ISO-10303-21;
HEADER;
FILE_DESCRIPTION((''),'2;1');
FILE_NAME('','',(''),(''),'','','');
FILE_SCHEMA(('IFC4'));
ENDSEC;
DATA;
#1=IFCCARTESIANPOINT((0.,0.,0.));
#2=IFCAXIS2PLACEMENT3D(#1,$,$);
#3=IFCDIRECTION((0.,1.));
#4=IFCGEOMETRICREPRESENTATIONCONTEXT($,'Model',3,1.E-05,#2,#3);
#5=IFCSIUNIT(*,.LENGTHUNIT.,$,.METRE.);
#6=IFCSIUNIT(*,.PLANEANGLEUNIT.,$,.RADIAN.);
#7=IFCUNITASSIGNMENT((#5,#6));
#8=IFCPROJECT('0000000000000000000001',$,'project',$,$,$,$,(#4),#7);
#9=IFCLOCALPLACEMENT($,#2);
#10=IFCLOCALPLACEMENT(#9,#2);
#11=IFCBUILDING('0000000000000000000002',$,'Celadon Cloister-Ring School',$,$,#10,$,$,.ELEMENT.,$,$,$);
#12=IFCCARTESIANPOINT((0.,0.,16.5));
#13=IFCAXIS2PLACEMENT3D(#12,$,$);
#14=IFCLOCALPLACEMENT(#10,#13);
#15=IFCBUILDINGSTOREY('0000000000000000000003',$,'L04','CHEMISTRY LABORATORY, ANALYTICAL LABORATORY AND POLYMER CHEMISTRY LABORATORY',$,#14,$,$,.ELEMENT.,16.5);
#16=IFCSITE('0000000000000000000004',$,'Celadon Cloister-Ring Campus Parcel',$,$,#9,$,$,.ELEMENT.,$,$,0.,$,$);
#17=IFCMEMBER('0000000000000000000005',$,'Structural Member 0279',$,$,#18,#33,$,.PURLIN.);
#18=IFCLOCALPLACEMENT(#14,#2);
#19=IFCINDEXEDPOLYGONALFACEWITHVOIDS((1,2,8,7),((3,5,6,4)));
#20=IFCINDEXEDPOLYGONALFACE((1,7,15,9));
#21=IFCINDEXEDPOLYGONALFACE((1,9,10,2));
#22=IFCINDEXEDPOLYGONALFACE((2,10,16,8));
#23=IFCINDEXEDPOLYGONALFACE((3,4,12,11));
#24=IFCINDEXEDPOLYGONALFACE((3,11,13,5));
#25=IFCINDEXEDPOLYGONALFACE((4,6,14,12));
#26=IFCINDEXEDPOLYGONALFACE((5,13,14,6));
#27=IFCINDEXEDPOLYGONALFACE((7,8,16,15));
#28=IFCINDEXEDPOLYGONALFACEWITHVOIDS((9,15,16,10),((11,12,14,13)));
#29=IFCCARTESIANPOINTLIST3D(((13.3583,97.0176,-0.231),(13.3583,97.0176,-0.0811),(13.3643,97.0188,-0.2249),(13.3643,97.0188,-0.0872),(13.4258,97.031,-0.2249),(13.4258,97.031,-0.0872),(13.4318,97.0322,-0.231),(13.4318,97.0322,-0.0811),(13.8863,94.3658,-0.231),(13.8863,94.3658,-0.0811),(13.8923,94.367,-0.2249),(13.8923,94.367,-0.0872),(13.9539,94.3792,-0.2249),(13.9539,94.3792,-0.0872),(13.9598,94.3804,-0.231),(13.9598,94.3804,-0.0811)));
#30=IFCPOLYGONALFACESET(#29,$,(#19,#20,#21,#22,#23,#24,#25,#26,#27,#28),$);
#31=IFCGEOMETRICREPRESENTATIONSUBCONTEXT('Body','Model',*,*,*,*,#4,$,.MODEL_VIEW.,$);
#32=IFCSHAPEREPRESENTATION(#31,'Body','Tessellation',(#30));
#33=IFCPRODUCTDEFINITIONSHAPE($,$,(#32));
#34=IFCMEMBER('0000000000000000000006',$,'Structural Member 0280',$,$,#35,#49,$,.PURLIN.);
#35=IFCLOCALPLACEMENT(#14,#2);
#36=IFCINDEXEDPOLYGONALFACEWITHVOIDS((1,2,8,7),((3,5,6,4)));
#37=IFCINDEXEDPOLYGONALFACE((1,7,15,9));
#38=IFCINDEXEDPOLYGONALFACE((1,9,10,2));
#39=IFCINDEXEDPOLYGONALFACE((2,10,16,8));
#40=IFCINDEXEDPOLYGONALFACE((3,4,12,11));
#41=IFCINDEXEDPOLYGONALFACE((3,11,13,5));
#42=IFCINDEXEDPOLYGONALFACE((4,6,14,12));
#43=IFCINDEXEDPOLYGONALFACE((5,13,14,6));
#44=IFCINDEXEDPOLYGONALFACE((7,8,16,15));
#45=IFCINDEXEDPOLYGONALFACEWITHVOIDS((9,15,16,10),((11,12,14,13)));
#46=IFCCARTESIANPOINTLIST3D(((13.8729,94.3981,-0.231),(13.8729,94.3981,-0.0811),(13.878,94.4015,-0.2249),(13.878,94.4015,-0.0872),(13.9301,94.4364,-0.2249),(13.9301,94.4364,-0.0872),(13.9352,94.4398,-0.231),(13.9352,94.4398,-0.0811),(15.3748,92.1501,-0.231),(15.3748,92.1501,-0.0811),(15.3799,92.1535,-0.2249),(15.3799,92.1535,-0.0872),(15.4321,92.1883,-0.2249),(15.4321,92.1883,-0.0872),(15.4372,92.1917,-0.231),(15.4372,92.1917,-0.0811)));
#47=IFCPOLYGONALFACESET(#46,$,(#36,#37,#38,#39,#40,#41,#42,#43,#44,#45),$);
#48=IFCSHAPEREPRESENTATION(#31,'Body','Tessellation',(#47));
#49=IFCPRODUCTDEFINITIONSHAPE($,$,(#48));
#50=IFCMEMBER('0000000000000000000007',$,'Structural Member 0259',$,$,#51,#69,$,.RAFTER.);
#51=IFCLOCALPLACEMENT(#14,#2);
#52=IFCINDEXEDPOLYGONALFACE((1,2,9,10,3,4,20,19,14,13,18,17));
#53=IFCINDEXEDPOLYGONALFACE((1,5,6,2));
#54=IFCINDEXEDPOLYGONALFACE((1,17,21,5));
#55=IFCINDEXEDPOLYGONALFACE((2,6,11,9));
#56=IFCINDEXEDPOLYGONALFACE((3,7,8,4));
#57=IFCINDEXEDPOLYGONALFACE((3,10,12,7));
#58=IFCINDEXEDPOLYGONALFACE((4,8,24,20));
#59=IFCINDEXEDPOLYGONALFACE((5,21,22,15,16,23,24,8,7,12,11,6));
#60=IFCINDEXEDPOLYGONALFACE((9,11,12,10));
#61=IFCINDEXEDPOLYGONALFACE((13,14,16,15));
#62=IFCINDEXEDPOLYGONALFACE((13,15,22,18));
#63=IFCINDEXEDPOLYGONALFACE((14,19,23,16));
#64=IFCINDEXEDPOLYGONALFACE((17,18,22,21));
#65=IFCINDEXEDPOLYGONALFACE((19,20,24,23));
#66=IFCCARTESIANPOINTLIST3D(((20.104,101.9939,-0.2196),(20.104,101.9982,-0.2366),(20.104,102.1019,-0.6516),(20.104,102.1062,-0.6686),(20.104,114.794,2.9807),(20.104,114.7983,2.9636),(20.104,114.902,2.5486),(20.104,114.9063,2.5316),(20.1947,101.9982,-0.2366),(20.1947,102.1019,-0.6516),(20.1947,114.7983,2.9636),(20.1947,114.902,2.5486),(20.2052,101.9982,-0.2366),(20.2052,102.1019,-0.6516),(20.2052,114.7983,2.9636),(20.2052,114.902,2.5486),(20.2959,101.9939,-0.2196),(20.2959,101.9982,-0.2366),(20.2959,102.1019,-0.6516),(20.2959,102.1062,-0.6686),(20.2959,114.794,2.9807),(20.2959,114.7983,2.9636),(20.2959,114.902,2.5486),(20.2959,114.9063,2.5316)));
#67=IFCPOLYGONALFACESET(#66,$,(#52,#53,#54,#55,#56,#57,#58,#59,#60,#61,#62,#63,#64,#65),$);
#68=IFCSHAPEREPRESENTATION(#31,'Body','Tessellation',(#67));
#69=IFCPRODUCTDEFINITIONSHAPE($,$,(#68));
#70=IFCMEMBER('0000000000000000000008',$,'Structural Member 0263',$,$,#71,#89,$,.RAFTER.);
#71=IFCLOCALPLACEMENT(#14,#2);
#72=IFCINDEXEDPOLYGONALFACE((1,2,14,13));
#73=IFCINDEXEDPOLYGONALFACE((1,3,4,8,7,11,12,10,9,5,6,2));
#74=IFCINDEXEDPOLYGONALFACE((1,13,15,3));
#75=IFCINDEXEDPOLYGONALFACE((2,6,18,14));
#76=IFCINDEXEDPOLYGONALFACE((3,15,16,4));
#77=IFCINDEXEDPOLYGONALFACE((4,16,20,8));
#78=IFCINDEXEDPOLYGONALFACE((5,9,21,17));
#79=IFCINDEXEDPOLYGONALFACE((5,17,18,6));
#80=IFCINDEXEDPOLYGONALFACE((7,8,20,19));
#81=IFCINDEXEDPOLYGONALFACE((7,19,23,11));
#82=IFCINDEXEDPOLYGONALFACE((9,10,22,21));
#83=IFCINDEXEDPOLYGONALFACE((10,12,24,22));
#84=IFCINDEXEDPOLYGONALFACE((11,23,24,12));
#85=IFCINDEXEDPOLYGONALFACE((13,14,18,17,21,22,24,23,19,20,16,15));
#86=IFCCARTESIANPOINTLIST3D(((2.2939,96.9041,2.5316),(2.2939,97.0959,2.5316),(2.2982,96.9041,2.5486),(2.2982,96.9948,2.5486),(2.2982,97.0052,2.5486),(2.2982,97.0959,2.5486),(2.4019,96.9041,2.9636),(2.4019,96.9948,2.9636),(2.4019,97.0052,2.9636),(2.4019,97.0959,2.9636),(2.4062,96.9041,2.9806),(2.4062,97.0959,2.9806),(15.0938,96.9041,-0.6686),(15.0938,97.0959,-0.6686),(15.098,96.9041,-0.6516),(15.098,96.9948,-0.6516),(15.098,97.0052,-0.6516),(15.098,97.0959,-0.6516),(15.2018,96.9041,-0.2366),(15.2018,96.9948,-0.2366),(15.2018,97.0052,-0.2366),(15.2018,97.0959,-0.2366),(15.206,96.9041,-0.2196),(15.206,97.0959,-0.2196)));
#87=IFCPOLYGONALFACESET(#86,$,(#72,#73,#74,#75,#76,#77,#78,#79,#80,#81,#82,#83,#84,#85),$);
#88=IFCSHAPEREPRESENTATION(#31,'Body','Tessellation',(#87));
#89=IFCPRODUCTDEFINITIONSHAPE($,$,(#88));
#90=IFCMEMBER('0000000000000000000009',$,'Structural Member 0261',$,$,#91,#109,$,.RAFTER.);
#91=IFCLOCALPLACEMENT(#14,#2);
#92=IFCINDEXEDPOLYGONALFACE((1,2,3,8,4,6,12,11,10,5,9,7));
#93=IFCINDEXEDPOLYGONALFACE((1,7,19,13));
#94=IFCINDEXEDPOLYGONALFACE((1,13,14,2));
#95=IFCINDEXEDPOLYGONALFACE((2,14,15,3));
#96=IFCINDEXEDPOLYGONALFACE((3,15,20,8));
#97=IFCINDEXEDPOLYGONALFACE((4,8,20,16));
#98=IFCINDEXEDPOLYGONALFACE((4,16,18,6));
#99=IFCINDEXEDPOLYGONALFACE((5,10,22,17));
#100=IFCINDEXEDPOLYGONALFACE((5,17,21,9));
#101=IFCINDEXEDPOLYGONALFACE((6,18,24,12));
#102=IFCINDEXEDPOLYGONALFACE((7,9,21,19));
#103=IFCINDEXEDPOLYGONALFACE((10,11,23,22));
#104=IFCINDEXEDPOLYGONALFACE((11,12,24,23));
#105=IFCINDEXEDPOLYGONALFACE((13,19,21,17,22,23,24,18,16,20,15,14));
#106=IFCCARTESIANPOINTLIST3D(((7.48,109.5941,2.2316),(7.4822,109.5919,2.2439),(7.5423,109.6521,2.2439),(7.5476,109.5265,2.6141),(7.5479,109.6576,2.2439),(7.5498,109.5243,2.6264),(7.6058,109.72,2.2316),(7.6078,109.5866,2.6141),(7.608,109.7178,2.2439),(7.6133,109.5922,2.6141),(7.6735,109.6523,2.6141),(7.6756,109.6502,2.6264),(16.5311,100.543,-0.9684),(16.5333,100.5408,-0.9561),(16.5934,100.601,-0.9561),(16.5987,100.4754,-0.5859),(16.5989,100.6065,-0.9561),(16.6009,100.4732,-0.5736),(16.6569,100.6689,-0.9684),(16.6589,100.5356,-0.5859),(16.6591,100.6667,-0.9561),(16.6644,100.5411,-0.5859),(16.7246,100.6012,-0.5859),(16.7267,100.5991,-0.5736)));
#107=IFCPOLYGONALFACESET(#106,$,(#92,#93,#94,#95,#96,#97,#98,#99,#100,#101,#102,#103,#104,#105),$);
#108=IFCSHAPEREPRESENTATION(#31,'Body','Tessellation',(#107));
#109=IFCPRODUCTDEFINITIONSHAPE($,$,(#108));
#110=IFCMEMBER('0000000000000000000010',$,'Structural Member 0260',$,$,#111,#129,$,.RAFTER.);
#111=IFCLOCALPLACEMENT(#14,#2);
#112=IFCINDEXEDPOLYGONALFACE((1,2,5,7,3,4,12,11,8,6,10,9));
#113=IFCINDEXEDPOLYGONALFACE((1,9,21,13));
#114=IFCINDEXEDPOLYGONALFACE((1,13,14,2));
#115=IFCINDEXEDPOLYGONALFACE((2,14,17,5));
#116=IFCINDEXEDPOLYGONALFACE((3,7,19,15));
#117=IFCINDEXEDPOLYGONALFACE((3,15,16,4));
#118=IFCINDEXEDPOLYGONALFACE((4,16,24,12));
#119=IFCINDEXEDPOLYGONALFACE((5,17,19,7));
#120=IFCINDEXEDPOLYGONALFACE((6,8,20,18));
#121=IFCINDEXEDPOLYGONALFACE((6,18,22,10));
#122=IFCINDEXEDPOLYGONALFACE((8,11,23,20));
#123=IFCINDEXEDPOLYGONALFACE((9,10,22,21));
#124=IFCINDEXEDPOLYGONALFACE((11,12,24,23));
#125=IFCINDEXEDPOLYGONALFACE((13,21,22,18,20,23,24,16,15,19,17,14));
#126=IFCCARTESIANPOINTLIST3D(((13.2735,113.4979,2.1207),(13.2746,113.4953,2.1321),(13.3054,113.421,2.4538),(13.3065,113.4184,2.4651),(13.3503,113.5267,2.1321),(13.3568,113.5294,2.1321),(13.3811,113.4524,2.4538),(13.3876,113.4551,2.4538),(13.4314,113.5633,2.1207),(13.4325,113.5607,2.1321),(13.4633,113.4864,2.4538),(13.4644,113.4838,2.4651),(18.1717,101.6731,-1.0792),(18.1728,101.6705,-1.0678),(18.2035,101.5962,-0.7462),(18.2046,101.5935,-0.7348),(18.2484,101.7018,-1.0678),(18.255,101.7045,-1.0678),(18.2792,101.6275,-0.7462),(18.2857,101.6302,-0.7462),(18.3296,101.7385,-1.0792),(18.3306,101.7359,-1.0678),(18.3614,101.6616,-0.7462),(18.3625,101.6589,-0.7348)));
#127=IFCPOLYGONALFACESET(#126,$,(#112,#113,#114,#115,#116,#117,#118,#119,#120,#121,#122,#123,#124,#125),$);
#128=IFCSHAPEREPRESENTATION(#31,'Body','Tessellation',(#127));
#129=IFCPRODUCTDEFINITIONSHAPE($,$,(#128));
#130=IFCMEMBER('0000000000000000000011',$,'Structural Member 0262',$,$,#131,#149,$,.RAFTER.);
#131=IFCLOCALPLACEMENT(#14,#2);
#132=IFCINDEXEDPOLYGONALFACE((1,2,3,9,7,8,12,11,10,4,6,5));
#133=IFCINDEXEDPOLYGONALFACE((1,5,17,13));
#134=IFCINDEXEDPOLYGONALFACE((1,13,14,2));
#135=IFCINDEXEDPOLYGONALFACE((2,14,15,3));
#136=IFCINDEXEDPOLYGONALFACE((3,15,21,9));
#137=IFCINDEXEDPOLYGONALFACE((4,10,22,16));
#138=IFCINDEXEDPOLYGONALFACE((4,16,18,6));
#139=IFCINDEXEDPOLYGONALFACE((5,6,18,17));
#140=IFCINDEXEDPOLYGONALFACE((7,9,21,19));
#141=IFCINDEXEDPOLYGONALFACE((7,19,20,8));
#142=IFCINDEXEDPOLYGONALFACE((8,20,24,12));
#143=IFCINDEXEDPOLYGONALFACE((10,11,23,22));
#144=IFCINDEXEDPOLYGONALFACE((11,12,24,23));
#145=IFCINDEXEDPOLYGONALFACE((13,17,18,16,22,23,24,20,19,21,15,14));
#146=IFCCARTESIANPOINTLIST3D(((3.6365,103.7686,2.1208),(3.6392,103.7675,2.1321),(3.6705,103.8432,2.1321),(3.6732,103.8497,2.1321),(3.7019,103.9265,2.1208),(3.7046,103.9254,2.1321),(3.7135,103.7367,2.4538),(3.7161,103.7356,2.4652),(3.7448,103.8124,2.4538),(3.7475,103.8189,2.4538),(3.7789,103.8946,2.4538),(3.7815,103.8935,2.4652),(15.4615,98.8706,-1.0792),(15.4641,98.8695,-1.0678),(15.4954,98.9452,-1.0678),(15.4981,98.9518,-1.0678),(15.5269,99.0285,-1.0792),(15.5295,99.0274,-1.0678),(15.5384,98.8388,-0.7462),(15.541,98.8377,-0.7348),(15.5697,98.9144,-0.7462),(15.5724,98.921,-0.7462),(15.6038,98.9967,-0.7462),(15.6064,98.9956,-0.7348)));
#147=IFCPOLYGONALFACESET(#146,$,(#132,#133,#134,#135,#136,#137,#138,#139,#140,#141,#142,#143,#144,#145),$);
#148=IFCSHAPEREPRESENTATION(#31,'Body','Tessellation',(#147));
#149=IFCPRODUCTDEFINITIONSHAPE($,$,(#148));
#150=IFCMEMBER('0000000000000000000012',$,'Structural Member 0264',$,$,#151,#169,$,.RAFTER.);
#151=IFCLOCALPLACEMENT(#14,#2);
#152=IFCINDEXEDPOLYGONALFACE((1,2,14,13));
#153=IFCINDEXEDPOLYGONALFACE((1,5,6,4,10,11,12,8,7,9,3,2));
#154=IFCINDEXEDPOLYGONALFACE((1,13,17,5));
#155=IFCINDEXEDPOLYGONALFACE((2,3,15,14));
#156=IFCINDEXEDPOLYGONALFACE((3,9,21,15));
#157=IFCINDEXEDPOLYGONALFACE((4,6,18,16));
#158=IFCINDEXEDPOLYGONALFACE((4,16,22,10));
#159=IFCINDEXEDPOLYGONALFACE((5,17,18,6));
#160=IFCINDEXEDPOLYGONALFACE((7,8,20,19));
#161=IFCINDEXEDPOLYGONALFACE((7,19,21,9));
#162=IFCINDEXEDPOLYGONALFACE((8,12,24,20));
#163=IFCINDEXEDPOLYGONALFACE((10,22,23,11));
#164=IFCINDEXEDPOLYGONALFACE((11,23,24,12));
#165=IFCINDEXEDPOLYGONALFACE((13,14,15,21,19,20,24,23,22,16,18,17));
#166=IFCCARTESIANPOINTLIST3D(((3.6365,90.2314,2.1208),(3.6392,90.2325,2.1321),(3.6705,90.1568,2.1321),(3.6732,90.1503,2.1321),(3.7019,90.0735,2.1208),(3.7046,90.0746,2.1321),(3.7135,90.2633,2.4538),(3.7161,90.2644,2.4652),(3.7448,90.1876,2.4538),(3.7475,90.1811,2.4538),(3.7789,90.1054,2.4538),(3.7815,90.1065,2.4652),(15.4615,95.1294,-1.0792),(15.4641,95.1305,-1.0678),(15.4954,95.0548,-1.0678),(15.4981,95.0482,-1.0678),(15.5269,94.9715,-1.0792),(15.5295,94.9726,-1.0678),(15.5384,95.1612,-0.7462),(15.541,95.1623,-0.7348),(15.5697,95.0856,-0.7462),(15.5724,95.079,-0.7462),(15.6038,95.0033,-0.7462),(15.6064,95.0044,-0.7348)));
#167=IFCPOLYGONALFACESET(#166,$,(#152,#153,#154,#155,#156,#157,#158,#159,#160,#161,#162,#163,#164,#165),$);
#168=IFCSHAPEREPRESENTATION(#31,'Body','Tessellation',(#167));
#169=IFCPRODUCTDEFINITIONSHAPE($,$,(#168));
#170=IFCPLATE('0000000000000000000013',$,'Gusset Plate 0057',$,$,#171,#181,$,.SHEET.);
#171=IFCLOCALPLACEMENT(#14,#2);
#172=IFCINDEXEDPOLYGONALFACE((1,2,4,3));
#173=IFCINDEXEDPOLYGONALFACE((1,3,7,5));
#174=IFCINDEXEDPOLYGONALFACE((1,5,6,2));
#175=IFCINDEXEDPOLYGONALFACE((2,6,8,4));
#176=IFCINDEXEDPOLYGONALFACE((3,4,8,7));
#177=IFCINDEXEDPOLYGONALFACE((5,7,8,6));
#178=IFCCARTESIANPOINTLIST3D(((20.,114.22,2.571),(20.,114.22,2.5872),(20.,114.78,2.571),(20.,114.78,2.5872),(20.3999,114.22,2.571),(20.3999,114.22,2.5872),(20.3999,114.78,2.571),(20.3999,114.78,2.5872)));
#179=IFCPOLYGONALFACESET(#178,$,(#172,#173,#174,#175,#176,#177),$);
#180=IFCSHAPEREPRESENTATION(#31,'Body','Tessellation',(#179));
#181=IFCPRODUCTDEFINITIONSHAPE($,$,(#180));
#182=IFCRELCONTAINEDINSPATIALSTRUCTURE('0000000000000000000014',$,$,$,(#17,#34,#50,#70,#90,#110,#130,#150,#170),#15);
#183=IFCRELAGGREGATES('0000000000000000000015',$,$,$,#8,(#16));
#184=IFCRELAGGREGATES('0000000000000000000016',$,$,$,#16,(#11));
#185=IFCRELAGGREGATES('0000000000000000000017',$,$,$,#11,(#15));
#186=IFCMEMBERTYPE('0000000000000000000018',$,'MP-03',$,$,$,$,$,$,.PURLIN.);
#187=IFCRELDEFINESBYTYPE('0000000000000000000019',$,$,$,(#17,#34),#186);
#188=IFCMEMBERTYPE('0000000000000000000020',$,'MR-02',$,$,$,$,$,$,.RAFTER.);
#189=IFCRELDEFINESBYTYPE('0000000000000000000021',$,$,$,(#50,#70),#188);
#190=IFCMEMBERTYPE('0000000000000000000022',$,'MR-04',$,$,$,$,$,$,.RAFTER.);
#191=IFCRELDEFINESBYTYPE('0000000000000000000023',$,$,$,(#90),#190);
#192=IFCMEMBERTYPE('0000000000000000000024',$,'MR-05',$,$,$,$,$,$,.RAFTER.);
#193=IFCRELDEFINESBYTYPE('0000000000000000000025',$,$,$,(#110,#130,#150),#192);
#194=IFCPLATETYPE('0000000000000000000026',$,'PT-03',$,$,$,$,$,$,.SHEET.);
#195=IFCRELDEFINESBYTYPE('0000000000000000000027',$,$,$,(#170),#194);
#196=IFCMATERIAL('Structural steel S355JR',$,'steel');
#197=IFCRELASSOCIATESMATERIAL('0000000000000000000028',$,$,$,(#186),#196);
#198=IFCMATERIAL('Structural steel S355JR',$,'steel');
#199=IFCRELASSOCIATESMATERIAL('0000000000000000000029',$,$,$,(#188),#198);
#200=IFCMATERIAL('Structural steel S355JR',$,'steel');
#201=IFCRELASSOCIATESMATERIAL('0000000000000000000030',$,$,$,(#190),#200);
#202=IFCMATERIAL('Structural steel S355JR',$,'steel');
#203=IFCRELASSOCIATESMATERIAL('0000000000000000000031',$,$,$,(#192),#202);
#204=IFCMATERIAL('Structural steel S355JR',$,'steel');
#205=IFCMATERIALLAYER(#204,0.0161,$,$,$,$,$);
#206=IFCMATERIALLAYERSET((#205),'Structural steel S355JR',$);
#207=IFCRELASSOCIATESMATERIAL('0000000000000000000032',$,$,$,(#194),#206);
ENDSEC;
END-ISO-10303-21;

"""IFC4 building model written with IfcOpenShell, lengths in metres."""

from ifc_helpers import new_model, si_unit, direction, frame, origin, origin_2d, place, context, subcontext, project, spatial, rectangle, hollow_rectangle, i_section, extrude, material, layer, layer_set, material_profile, profile_set, type_object, element, save


model = new_model("IFC4")

# Units and contexts
model_context = context("Model", 3, precision=1e-05, world=origin(), true_north=direction((0.0, 1.0)))
body_context = subcontext(model_context, "Body", "Model", "MODEL_VIEW")
ifc_project = project(units=[si_unit("LENGTHUNIT", "METRE"), si_unit("PLANEANGLEUNIT", "RADIAN")], contexts=[model_context])

# Site, building, storey
site_placement = place(None, origin())
site = spatial("IfcSite", under=ifc_project, at=site_placement, Name="Celadon Cloister-Ring Campus Parcel", CompositionType="ELEMENT", RefElevation=0.0)
building_placement = place(site_placement, origin())
building = spatial("IfcBuilding", under=site, at=building_placement, Name="Celadon Cloister-Ring School", CompositionType="ELEMENT")
storey_placement = place(building_placement, frame((0.0, 0.0, 16.5)))
storey = spatial("IfcBuildingStorey", under=building, at=storey_placement, Name="L04", Description="CHEMISTRY LABORATORY, ANALYTICAL LABORATORY AND POLYMER CHEMISTRY LABORATORY", CompositionType="ELEMENT", Elevation=16.5)

# Members
ifc_material_1 = material(Name="Structural steel S355JR", Category="steel")
ifc_material_profile_1 = material_profile(ifc_material_1, hollow_rectangle(XDim=0.075, YDim=0.1499, WallThickness=0.0061, at=origin_2d()), Name="HSS150X75X6")
ifc_profile_set_1 = profile_set([ifc_material_profile_1], Name="Structural steel S355JR")
member_type_1 = type_object("IfcMemberType", Name="MP-03", PredefinedType="PURLIN", material=ifc_profile_set_1)
for number, where, z_axis, x_axis, name in (
    (1, (13.395, 97.0249, -0.156), (0.1953, -0.980744, 0.0), (0.980744, 0.1953, 0.0), "Structural Member 0279"),
):
    element("IfcMember", number, at=place(storey_placement, frame(where, z_axis=z_axis, x_axis=x_axis)), inside=storey, type_object=member_type_1, Name=name, PredefinedType="PURLIN", context=body_context, shape_type="SweptSolid", body=[
        extrude(hollow_rectangle(XDim=0.075, YDim=0.1499, WallThickness=0.0061, at=origin_2d()), origin(), (0.0, 0.0, 1.0), 2.7039),
    ])
member_1_placement = place(storey_placement, frame((13.9041, 94.4189, -0.156), z_axis=(0.555533, -0.831494, 0.0), x_axis=(0.831494, 0.555533, 0.0)))
element("IfcMember", 2, at=member_1_placement, inside=storey, type_object=member_type_1, Name="Structural Member 0280", PredefinedType="PURLIN", context=body_context, shape_type="SweptSolid", body=[
    extrude(hollow_rectangle(XDim=0.075, YDim=0.1499, WallThickness=0.0061, at=origin_2d()), origin(), (0.0, 0.0, 1.0), 2.7036),
])
ifc_material_2 = material(Name="Structural steel S355JR", Category="steel")
ifc_material_profile_2 = material_profile(ifc_material_2, i_section(OverallWidth=0.1919, OverallDepth=0.4629, WebThickness=0.0105, FlangeThickness=0.0176, at=origin_2d()), Name="W460X89")
ifc_profile_set_2 = profile_set([ifc_material_profile_2], Name="Structural steel S355JR")
member_type_2 = type_object("IfcMemberType", Name="MR-02", PredefinedType="RAFTER", material=ifc_profile_set_2)
member_2_placement = place(storey_placement, frame((20.2, 102.05, -0.4441), z_axis=(0.0, 0.970139, 0.242549), x_axis=(-1.0, 0.0, 0.0)))
element("IfcMember", 3, at=member_2_placement, inside=storey, type_object=member_type_2, Name="Structural Member 0259", PredefinedType="RAFTER", context=body_context, shape_type="SweptSolid", body=[
    extrude(i_section(OverallWidth=0.1919, OverallDepth=0.4629, WebThickness=0.0105, FlangeThickness=0.0176, at=origin_2d()), origin(), (0.0, 0.0, 1.0), 13.1941),
])
member_3_placement = place(storey_placement, frame((15.1499, 97.0, -0.4441), z_axis=(-0.970138, 0.0, 0.242553), x_axis=(0.0, -1.0, 0.0)))
element("IfcMember", 4, at=member_3_placement, inside=storey, type_object=member_type_2, Name="Structural Member 0263", PredefinedType="RAFTER", context=body_context, shape_type="SweptSolid", body=[
    extrude(i_section(OverallWidth=0.1919, OverallDepth=0.4629, WebThickness=0.0105, FlangeThickness=0.0176, at=origin_2d()), origin(), (0.0, 0.0, 1.0), 13.1938),
])
ifc_material_3 = material(Name="Structural steel S355JR", Category="steel")
ifc_material_profile_3 = material_profile(ifc_material_3, i_section(OverallWidth=0.178, OverallDepth=0.407, WebThickness=0.0078, FlangeThickness=0.0127, at=origin_2d()), Name="W410X60")
ifc_profile_set_3 = profile_set([ifc_material_profile_3], Name="Structural steel S355JR")
member_type_3 = type_object("IfcMemberType", Name="MR-04", PredefinedType="RAFTER", material=ifc_profile_set_3)
member_4_placement = place(storey_placement, frame((16.6289, 100.571, -0.771), z_axis=(-0.685995, 0.685995, 0.242531), x_axis=(-0.707107, -0.707107, 0.0)))
element("IfcMember", 5, at=member_4_placement, inside=storey, type_object=member_type_3, Name="Structural Member 0261", PredefinedType="RAFTER", context=body_context, shape_type="SweptSolid", body=[
    extrude(i_section(OverallWidth=0.178, OverallDepth=0.407, WebThickness=0.0078, FlangeThickness=0.0127, at=origin_2d()), origin(), (0.0, 0.0, 1.0), 13.1941),
])
ifc_material_4 = material(Name="Structural steel S355JR", Category="steel")
ifc_material_profile_4 = material_profile(ifc_material_4, i_section(OverallWidth=0.1709, OverallDepth=0.355, WebThickness=0.0071, FlangeThickness=0.0117, at=origin_2d()), Name="W360X51")
ifc_profile_set_4 = profile_set([ifc_material_profile_4], Name="Structural steel S355JR")
member_type_4 = type_object("IfcMemberType", Name="MR-05", PredefinedType="RAFTER", material=ifc_profile_set_4)
for number, where, z_axis, x_axis, name in (
    (6, (18.2671, 101.666, -0.907), (-0.371266, 0.896289, 0.242545), (-0.923876, -0.382693, 0.0), "Structural Member 0260"),
    (7, (15.5339, 98.9331, -0.907), (-0.896295, 0.37125, 0.242547), (-0.382676, -0.923882, 0.0), "Structural Member 0262"),
    (8, (15.5339, 95.0669, -0.907), (-0.896295, -0.37125, 0.242547), (0.382676, -0.923882, 0.0), "Structural Member 0264"),
):
    element("IfcMember", number, at=place(storey_placement, frame(where, z_axis=z_axis, x_axis=x_axis)), inside=storey, type_object=member_type_4, Name=name, PredefinedType="RAFTER", context=body_context, shape_type="SweptSolid", body=[
        extrude(i_section(OverallWidth=0.1709, OverallDepth=0.355, WebThickness=0.0071, FlangeThickness=0.0117, at=origin_2d()), origin(), (0.0, 0.0, 1.0), 13.1931),
    ])

# Plate
ifc_material_5 = material(Name="Structural steel S355JR", Category="steel")
ifc_layer_1 = layer(ifc_material_5, 0.0161)
ifc_layer_set_1 = layer_set([ifc_layer_1], Name="Structural steel S355JR")
plate_type = type_object("IfcPlateType", Name="PT-03", PredefinedType="SHEET", material=ifc_layer_set_1)
for number, where, z_axis, x_axis, name in (
    (9, (20.2, 114.5, 2.571), (0.0, 0.0, 1.0), (0.0, 1.0, 0.0), "Gusset Plate 0057"),
):
    element("IfcPlate", number, at=place(storey_placement, frame(where, z_axis=z_axis, x_axis=x_axis)), inside=storey, type_object=plate_type, Name=name, PredefinedType="SHEET", context=body_context, shape_type="SweptSolid", body=[
        extrude(rectangle(XDim=0.5601, YDim=0.3999, at=origin_2d()), origin(), (0.0, 0.0, 1.0), 0.0161),
    ])

save(model, "model.ifc")
